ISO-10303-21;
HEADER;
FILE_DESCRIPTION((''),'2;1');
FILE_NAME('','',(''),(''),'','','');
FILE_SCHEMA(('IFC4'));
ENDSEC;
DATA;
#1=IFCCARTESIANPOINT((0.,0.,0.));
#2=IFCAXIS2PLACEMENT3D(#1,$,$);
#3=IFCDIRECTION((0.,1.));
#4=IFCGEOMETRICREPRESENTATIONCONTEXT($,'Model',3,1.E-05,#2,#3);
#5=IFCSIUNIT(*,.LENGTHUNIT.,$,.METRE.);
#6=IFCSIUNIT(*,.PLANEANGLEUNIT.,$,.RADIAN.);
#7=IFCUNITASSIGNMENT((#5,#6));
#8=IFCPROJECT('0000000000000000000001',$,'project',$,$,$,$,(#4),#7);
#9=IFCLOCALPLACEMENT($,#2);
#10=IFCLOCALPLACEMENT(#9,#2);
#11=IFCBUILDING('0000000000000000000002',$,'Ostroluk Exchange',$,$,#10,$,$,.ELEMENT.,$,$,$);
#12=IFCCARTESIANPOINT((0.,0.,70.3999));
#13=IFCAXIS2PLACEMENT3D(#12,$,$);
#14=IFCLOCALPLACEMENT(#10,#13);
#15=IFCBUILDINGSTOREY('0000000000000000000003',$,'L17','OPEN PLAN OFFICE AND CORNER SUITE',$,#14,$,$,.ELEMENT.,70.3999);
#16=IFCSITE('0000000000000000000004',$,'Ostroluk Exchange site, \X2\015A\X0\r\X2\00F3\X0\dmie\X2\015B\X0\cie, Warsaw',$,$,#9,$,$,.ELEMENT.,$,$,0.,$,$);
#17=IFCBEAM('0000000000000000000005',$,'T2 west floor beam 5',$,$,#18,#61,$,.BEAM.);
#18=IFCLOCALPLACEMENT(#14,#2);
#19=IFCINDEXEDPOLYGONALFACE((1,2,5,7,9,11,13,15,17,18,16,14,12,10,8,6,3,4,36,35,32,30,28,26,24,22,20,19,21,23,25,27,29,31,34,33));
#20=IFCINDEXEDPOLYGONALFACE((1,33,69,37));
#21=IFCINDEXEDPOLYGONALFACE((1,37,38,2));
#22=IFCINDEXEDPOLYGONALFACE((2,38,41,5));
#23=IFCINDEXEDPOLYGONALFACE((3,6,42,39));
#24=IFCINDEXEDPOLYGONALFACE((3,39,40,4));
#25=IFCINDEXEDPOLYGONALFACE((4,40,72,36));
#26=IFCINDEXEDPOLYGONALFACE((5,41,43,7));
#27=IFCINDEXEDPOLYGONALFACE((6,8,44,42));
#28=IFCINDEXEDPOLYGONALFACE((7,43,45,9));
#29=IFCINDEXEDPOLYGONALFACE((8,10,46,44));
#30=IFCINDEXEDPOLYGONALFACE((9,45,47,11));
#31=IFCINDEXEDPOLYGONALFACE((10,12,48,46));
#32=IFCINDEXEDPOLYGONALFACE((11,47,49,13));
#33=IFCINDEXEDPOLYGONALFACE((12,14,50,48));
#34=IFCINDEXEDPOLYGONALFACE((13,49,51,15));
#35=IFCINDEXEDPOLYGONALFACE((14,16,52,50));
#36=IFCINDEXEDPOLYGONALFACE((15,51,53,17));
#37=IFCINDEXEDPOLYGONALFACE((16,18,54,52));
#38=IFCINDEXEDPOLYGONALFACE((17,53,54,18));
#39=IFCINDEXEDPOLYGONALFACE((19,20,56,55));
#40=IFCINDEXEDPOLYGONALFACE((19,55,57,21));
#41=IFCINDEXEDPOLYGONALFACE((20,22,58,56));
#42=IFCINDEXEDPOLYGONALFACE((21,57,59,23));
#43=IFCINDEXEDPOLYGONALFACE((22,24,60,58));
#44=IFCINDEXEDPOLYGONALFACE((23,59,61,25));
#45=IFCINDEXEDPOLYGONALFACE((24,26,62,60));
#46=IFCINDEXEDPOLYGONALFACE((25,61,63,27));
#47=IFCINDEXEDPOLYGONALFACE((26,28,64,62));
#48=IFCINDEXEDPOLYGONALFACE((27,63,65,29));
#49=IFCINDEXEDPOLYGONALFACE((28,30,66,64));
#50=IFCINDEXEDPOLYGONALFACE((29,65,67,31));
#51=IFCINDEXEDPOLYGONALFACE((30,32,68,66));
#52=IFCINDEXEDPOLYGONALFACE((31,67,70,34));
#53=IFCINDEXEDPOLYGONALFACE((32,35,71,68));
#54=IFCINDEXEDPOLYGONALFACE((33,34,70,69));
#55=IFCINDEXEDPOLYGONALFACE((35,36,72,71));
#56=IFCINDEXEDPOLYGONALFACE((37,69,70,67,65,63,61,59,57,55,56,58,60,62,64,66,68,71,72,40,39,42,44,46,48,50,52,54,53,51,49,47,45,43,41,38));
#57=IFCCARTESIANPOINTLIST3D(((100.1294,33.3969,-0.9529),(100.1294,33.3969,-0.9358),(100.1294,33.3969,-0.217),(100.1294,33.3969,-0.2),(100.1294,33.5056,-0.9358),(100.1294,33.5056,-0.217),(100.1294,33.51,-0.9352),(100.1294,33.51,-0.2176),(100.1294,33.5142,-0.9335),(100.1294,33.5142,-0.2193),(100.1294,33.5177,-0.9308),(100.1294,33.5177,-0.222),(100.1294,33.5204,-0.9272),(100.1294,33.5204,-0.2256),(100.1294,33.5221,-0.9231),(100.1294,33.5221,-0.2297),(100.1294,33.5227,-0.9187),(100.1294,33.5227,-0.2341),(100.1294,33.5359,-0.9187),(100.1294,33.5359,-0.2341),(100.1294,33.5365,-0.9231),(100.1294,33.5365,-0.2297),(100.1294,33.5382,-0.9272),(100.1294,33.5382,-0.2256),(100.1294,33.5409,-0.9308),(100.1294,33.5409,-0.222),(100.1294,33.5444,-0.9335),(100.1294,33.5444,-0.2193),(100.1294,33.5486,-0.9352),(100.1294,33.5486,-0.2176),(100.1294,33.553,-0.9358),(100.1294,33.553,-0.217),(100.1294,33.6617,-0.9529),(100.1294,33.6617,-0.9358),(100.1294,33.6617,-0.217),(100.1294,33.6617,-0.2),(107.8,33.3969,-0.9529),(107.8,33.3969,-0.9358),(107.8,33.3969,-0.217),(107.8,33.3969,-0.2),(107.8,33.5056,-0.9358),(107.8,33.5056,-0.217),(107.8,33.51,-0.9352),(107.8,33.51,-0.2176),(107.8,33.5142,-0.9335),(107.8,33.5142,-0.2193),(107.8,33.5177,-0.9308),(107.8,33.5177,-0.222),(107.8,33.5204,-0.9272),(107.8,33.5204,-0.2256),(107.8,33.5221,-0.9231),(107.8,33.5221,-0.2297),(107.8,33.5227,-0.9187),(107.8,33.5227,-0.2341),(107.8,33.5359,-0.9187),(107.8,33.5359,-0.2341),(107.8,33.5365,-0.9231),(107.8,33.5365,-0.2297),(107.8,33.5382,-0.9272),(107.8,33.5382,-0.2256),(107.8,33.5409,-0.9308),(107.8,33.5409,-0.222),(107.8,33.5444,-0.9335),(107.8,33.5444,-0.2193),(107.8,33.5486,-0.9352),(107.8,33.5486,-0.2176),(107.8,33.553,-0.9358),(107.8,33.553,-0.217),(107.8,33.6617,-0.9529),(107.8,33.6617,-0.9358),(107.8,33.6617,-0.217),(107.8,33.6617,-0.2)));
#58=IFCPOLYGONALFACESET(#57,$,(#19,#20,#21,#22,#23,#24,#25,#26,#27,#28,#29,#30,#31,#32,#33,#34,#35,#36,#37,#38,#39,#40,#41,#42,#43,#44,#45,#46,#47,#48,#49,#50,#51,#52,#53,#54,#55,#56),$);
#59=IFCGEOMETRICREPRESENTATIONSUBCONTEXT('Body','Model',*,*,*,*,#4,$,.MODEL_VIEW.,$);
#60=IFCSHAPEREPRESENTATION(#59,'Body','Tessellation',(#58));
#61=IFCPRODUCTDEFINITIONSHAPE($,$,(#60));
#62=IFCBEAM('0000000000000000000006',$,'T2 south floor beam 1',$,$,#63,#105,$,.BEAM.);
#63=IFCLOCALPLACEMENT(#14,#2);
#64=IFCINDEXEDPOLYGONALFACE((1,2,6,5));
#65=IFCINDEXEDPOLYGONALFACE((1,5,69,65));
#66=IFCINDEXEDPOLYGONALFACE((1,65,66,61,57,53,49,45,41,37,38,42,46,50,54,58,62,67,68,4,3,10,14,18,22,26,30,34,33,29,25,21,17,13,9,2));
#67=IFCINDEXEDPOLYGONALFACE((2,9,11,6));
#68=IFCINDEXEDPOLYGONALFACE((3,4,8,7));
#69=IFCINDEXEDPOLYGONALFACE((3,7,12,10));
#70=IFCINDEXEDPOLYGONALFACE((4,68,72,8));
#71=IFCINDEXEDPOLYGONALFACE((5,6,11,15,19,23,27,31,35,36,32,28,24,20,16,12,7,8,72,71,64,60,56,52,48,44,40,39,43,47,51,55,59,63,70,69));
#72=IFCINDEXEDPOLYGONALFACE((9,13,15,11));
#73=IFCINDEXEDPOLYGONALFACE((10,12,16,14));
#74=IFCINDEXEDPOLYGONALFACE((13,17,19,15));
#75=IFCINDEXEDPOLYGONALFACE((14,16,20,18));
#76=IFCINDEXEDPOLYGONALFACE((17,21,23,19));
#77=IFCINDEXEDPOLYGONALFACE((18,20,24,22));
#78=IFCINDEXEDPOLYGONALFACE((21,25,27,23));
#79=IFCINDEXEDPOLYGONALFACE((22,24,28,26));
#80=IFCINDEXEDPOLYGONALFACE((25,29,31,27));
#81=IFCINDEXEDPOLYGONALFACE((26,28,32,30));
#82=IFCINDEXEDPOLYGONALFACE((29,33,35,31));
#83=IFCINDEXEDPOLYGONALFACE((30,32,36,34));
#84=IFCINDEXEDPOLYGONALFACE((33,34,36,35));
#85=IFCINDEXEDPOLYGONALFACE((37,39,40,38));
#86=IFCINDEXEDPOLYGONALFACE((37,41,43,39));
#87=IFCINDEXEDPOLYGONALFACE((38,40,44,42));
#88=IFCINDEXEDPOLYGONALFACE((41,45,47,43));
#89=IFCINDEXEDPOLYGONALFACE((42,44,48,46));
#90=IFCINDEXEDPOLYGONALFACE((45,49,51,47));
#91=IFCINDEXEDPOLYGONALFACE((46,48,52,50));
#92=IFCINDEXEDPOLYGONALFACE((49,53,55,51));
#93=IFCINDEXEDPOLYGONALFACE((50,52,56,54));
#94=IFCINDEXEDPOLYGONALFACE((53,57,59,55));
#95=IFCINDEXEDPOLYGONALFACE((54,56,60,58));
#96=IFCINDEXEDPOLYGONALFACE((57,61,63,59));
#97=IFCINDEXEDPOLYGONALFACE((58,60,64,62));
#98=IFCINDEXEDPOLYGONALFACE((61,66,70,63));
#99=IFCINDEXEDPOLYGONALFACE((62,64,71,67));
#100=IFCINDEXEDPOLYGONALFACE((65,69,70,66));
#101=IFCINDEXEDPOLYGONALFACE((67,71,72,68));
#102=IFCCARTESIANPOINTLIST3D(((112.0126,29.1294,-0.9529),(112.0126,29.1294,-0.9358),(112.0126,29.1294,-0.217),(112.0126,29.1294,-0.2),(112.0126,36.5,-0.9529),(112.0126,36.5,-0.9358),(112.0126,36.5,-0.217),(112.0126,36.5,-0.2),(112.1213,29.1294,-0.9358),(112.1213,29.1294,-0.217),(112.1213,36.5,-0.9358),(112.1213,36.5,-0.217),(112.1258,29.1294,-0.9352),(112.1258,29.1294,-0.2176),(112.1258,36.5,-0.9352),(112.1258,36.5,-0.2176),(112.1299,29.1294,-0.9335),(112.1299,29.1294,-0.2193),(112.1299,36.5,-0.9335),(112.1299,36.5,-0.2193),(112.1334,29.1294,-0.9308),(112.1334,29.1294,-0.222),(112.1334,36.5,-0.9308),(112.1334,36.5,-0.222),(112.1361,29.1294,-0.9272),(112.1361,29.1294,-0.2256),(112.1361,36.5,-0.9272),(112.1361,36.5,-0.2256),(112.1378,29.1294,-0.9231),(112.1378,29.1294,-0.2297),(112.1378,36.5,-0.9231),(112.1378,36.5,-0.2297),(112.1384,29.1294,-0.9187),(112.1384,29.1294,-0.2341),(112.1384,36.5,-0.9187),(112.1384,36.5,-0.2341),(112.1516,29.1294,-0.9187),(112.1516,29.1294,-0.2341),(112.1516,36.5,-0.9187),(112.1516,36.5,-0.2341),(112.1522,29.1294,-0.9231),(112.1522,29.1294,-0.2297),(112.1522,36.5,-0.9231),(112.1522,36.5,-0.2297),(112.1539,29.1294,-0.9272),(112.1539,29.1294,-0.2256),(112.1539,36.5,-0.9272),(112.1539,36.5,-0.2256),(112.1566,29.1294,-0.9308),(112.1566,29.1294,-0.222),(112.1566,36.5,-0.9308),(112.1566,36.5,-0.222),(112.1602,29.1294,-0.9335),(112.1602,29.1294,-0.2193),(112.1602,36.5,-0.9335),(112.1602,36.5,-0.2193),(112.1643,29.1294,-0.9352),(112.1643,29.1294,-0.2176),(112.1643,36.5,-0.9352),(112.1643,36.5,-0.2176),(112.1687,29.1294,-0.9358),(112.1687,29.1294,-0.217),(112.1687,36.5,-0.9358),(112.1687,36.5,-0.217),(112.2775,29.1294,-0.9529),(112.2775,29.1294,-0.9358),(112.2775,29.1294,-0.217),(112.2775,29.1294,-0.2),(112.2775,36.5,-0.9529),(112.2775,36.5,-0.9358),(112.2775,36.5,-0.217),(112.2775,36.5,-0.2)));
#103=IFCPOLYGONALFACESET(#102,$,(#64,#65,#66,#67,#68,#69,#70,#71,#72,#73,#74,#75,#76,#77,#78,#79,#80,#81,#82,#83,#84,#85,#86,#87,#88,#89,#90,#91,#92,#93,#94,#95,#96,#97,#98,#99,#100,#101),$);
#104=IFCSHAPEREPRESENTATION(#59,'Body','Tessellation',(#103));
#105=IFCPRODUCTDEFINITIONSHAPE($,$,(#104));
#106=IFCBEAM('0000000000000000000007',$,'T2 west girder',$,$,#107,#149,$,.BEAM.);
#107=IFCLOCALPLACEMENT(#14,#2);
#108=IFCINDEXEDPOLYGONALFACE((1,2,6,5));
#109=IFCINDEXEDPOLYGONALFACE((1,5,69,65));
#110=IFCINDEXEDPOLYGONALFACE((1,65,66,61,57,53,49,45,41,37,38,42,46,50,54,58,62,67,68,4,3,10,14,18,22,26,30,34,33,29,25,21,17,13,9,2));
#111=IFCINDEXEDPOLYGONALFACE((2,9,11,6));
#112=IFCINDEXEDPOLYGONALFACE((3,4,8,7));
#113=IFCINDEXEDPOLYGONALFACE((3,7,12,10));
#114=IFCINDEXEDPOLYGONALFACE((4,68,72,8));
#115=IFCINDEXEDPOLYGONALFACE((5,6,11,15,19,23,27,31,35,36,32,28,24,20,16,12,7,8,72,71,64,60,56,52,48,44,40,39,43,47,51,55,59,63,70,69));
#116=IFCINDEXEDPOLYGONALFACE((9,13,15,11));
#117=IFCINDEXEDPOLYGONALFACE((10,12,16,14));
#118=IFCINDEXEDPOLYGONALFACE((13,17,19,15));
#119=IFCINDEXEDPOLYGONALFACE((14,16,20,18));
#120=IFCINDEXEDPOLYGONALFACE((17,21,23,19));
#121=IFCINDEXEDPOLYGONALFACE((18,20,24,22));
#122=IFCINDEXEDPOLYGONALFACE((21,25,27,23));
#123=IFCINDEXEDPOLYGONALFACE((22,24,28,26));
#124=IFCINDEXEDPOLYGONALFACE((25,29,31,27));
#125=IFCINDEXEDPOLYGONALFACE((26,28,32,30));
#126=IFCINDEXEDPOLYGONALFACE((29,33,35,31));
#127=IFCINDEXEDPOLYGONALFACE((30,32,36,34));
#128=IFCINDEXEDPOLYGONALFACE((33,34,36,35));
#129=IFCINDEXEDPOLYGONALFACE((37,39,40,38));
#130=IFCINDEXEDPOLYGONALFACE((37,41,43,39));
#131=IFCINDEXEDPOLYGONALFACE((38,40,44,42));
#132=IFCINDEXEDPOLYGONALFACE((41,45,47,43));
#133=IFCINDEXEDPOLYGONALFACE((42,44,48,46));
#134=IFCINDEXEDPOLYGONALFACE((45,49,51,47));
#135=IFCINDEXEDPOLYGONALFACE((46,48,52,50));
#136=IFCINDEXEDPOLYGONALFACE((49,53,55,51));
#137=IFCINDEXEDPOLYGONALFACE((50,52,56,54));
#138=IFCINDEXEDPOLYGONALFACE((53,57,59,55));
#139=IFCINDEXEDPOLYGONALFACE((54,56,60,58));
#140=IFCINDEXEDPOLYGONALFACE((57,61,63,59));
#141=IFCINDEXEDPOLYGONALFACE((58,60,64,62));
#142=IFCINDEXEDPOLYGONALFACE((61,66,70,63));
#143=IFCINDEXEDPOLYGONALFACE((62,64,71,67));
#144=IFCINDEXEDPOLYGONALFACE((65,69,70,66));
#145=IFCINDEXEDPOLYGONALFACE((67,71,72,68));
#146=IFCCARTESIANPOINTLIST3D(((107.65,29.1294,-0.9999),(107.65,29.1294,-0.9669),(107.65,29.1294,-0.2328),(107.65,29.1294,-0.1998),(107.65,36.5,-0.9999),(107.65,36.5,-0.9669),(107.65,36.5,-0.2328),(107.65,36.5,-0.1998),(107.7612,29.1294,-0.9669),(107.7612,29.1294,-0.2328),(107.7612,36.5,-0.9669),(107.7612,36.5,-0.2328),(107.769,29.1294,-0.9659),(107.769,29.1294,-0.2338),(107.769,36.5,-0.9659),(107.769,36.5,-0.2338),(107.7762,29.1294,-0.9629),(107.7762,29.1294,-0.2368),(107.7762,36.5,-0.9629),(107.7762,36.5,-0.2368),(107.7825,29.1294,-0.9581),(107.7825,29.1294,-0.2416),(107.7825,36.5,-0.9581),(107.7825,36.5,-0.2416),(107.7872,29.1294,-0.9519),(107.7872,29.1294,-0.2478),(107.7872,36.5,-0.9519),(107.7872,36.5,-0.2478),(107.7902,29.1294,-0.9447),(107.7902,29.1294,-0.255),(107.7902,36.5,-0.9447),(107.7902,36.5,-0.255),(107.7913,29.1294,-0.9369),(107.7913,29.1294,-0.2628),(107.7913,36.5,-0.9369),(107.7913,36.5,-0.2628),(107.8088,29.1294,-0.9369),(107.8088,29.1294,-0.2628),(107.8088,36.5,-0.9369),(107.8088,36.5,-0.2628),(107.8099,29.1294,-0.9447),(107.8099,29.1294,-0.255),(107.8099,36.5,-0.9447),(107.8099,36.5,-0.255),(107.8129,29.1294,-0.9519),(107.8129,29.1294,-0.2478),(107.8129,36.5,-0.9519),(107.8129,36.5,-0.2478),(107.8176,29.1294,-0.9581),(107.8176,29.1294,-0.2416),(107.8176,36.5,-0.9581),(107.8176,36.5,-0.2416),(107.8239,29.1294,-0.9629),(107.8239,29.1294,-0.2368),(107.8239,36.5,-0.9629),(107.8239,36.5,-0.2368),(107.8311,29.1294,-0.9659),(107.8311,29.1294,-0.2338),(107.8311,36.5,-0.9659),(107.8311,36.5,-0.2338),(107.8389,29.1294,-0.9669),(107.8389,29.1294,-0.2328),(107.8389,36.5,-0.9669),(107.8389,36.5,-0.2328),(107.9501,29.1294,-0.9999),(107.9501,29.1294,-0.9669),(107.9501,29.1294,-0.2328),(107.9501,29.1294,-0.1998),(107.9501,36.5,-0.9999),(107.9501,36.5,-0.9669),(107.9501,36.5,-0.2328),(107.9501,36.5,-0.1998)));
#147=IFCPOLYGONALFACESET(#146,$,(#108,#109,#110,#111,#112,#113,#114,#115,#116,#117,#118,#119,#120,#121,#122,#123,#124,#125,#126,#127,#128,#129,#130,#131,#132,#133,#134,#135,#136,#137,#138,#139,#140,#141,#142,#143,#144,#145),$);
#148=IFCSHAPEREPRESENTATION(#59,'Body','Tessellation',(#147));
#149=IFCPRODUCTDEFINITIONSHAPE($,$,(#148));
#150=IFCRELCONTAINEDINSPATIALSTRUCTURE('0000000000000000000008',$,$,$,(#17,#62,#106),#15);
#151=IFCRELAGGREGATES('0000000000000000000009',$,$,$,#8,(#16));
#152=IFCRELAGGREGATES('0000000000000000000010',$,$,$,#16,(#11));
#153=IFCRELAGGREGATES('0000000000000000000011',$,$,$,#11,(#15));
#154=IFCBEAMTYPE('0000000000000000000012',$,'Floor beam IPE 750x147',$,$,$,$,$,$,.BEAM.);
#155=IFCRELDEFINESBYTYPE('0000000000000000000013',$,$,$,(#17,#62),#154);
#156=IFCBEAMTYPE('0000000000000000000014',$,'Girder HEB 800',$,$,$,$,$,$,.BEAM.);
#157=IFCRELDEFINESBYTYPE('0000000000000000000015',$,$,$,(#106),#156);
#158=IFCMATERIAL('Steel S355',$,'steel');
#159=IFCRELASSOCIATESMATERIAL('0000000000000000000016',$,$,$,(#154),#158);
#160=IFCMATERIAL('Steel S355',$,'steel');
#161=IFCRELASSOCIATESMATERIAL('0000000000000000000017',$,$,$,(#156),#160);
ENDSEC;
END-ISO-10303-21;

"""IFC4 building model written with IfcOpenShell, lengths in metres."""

from ifc_helpers import new_model, si_unit, direction, frame, origin, origin_2d, place, context, subcontext, project, spatial, i_section, extrude, material, material_profile, profile_set, type_object, element, save


model = new_model("IFC4")

# Units and contexts
model_context = context("Model", 3, precision=1e-05, world=origin(), true_north=direction((0.0, 1.0)))
body_context = subcontext(model_context, "Body", "Model", "MODEL_VIEW")
ifc_project = project(units=[si_unit("LENGTHUNIT", "METRE"), si_unit("PLANEANGLEUNIT", "RADIAN")], contexts=[model_context])

# Site, building, storey
site_placement = place(None, origin())
site = spatial("IfcSite", under=ifc_project, at=site_placement, Name="Ostroluk Exchange site, Śródmieście, Warsaw", CompositionType="ELEMENT", RefElevation=0.0)
building_placement = place(site_placement, origin())
building = spatial("IfcBuilding", under=site, at=building_placement, Name="Ostroluk Exchange", CompositionType="ELEMENT")
storey_placement = place(building_placement, frame((0.0, 0.0, 70.3999)))
storey = spatial("IfcBuildingStorey", under=building, at=storey_placement, Name="L17", Description="OPEN PLAN OFFICE AND CORNER SUITE", CompositionType="ELEMENT", Elevation=70.3999)

# Beams
ifc_material_1 = material(Name="Steel S355", Category="steel")
ifc_material_profile_1 = material_profile(ifc_material_1, i_section(OverallWidth=0.2649, OverallDepth=0.7529, WebThickness=0.0132, FlangeThickness=0.0171, FilletRadius=0.0171, at=origin_2d()), Name="IPE 750x147")
ifc_profile_set_1 = profile_set([ifc_material_profile_1], Name="Steel S355")
beam_type_1 = type_object("IfcBeamType", Name="Floor beam IPE 750x147", PredefinedType="BEAM", material=ifc_profile_set_1)
beam_1_placement = place(storey_placement, frame((107.8, 33.5293, -0.5764), z_axis=(-1.0, 0.0, 0.0), x_axis=(0.0, -1.0, 0.0)))
element("IfcBeam", 1, at=beam_1_placement, inside=storey, type_object=beam_type_1, Name="T2 west floor beam 5", PredefinedType="BEAM", context=body_context, shape_type="SweptSolid", body=[
    extrude(i_section(OverallWidth=0.2649, OverallDepth=0.7529, WebThickness=0.0132, FlangeThickness=0.0171, FilletRadius=0.0171, at=origin_2d()), origin(), (0.0, 0.0, 1.0), 7.6707),
])
beam_2_placement = place(storey_placement, frame((112.145, 36.5, -0.5764), z_axis=(0.0, -1.0, 0.0), x_axis=(1.0, 0.0, 0.0)))
element("IfcBeam", 2, at=beam_2_placement, inside=storey, type_object=beam_type_1, Name="T2 south floor beam 1", PredefinedType="BEAM", context=body_context, shape_type="SweptSolid", body=[
    extrude(i_section(OverallWidth=0.2649, OverallDepth=0.7529, WebThickness=0.0132, FlangeThickness=0.0171, FilletRadius=0.0171, at=origin_2d()), origin(), (0.0, 0.0, 1.0), 7.3706),
])
ifc_material_2 = material(Name="Steel S355", Category="steel")
ifc_material_profile_2 = material_profile(ifc_material_2, i_section(OverallWidth=0.3, OverallDepth=0.8, WebThickness=0.0176, FlangeThickness=0.033, FilletRadius=0.03, at=origin_2d()), Name="HEB 800")
ifc_profile_set_2 = profile_set([ifc_material_profile_2], Name="Steel S355")
beam_type_2 = type_object("IfcBeamType", Name="Girder HEB 800", PredefinedType="BEAM", material=ifc_profile_set_2)
beam_3_placement = place(storey_placement, frame((107.8, 36.5, -0.5999), z_axis=(0.0, -1.0, 0.0), x_axis=(1.0, 0.0, 0.0)))
element("IfcBeam", 3, at=beam_3_placement, inside=storey, type_object=beam_type_2, Name="T2 west girder", PredefinedType="BEAM", context=body_context, shape_type="SweptSolid", body=[
    extrude(i_section(OverallWidth=0.3, OverallDepth=0.8, WebThickness=0.0176, FlangeThickness=0.033, FilletRadius=0.03, at=origin_2d()), origin(), (0.0, 0.0, 1.0), 7.3706),
])

save(model, "model.ifc")
